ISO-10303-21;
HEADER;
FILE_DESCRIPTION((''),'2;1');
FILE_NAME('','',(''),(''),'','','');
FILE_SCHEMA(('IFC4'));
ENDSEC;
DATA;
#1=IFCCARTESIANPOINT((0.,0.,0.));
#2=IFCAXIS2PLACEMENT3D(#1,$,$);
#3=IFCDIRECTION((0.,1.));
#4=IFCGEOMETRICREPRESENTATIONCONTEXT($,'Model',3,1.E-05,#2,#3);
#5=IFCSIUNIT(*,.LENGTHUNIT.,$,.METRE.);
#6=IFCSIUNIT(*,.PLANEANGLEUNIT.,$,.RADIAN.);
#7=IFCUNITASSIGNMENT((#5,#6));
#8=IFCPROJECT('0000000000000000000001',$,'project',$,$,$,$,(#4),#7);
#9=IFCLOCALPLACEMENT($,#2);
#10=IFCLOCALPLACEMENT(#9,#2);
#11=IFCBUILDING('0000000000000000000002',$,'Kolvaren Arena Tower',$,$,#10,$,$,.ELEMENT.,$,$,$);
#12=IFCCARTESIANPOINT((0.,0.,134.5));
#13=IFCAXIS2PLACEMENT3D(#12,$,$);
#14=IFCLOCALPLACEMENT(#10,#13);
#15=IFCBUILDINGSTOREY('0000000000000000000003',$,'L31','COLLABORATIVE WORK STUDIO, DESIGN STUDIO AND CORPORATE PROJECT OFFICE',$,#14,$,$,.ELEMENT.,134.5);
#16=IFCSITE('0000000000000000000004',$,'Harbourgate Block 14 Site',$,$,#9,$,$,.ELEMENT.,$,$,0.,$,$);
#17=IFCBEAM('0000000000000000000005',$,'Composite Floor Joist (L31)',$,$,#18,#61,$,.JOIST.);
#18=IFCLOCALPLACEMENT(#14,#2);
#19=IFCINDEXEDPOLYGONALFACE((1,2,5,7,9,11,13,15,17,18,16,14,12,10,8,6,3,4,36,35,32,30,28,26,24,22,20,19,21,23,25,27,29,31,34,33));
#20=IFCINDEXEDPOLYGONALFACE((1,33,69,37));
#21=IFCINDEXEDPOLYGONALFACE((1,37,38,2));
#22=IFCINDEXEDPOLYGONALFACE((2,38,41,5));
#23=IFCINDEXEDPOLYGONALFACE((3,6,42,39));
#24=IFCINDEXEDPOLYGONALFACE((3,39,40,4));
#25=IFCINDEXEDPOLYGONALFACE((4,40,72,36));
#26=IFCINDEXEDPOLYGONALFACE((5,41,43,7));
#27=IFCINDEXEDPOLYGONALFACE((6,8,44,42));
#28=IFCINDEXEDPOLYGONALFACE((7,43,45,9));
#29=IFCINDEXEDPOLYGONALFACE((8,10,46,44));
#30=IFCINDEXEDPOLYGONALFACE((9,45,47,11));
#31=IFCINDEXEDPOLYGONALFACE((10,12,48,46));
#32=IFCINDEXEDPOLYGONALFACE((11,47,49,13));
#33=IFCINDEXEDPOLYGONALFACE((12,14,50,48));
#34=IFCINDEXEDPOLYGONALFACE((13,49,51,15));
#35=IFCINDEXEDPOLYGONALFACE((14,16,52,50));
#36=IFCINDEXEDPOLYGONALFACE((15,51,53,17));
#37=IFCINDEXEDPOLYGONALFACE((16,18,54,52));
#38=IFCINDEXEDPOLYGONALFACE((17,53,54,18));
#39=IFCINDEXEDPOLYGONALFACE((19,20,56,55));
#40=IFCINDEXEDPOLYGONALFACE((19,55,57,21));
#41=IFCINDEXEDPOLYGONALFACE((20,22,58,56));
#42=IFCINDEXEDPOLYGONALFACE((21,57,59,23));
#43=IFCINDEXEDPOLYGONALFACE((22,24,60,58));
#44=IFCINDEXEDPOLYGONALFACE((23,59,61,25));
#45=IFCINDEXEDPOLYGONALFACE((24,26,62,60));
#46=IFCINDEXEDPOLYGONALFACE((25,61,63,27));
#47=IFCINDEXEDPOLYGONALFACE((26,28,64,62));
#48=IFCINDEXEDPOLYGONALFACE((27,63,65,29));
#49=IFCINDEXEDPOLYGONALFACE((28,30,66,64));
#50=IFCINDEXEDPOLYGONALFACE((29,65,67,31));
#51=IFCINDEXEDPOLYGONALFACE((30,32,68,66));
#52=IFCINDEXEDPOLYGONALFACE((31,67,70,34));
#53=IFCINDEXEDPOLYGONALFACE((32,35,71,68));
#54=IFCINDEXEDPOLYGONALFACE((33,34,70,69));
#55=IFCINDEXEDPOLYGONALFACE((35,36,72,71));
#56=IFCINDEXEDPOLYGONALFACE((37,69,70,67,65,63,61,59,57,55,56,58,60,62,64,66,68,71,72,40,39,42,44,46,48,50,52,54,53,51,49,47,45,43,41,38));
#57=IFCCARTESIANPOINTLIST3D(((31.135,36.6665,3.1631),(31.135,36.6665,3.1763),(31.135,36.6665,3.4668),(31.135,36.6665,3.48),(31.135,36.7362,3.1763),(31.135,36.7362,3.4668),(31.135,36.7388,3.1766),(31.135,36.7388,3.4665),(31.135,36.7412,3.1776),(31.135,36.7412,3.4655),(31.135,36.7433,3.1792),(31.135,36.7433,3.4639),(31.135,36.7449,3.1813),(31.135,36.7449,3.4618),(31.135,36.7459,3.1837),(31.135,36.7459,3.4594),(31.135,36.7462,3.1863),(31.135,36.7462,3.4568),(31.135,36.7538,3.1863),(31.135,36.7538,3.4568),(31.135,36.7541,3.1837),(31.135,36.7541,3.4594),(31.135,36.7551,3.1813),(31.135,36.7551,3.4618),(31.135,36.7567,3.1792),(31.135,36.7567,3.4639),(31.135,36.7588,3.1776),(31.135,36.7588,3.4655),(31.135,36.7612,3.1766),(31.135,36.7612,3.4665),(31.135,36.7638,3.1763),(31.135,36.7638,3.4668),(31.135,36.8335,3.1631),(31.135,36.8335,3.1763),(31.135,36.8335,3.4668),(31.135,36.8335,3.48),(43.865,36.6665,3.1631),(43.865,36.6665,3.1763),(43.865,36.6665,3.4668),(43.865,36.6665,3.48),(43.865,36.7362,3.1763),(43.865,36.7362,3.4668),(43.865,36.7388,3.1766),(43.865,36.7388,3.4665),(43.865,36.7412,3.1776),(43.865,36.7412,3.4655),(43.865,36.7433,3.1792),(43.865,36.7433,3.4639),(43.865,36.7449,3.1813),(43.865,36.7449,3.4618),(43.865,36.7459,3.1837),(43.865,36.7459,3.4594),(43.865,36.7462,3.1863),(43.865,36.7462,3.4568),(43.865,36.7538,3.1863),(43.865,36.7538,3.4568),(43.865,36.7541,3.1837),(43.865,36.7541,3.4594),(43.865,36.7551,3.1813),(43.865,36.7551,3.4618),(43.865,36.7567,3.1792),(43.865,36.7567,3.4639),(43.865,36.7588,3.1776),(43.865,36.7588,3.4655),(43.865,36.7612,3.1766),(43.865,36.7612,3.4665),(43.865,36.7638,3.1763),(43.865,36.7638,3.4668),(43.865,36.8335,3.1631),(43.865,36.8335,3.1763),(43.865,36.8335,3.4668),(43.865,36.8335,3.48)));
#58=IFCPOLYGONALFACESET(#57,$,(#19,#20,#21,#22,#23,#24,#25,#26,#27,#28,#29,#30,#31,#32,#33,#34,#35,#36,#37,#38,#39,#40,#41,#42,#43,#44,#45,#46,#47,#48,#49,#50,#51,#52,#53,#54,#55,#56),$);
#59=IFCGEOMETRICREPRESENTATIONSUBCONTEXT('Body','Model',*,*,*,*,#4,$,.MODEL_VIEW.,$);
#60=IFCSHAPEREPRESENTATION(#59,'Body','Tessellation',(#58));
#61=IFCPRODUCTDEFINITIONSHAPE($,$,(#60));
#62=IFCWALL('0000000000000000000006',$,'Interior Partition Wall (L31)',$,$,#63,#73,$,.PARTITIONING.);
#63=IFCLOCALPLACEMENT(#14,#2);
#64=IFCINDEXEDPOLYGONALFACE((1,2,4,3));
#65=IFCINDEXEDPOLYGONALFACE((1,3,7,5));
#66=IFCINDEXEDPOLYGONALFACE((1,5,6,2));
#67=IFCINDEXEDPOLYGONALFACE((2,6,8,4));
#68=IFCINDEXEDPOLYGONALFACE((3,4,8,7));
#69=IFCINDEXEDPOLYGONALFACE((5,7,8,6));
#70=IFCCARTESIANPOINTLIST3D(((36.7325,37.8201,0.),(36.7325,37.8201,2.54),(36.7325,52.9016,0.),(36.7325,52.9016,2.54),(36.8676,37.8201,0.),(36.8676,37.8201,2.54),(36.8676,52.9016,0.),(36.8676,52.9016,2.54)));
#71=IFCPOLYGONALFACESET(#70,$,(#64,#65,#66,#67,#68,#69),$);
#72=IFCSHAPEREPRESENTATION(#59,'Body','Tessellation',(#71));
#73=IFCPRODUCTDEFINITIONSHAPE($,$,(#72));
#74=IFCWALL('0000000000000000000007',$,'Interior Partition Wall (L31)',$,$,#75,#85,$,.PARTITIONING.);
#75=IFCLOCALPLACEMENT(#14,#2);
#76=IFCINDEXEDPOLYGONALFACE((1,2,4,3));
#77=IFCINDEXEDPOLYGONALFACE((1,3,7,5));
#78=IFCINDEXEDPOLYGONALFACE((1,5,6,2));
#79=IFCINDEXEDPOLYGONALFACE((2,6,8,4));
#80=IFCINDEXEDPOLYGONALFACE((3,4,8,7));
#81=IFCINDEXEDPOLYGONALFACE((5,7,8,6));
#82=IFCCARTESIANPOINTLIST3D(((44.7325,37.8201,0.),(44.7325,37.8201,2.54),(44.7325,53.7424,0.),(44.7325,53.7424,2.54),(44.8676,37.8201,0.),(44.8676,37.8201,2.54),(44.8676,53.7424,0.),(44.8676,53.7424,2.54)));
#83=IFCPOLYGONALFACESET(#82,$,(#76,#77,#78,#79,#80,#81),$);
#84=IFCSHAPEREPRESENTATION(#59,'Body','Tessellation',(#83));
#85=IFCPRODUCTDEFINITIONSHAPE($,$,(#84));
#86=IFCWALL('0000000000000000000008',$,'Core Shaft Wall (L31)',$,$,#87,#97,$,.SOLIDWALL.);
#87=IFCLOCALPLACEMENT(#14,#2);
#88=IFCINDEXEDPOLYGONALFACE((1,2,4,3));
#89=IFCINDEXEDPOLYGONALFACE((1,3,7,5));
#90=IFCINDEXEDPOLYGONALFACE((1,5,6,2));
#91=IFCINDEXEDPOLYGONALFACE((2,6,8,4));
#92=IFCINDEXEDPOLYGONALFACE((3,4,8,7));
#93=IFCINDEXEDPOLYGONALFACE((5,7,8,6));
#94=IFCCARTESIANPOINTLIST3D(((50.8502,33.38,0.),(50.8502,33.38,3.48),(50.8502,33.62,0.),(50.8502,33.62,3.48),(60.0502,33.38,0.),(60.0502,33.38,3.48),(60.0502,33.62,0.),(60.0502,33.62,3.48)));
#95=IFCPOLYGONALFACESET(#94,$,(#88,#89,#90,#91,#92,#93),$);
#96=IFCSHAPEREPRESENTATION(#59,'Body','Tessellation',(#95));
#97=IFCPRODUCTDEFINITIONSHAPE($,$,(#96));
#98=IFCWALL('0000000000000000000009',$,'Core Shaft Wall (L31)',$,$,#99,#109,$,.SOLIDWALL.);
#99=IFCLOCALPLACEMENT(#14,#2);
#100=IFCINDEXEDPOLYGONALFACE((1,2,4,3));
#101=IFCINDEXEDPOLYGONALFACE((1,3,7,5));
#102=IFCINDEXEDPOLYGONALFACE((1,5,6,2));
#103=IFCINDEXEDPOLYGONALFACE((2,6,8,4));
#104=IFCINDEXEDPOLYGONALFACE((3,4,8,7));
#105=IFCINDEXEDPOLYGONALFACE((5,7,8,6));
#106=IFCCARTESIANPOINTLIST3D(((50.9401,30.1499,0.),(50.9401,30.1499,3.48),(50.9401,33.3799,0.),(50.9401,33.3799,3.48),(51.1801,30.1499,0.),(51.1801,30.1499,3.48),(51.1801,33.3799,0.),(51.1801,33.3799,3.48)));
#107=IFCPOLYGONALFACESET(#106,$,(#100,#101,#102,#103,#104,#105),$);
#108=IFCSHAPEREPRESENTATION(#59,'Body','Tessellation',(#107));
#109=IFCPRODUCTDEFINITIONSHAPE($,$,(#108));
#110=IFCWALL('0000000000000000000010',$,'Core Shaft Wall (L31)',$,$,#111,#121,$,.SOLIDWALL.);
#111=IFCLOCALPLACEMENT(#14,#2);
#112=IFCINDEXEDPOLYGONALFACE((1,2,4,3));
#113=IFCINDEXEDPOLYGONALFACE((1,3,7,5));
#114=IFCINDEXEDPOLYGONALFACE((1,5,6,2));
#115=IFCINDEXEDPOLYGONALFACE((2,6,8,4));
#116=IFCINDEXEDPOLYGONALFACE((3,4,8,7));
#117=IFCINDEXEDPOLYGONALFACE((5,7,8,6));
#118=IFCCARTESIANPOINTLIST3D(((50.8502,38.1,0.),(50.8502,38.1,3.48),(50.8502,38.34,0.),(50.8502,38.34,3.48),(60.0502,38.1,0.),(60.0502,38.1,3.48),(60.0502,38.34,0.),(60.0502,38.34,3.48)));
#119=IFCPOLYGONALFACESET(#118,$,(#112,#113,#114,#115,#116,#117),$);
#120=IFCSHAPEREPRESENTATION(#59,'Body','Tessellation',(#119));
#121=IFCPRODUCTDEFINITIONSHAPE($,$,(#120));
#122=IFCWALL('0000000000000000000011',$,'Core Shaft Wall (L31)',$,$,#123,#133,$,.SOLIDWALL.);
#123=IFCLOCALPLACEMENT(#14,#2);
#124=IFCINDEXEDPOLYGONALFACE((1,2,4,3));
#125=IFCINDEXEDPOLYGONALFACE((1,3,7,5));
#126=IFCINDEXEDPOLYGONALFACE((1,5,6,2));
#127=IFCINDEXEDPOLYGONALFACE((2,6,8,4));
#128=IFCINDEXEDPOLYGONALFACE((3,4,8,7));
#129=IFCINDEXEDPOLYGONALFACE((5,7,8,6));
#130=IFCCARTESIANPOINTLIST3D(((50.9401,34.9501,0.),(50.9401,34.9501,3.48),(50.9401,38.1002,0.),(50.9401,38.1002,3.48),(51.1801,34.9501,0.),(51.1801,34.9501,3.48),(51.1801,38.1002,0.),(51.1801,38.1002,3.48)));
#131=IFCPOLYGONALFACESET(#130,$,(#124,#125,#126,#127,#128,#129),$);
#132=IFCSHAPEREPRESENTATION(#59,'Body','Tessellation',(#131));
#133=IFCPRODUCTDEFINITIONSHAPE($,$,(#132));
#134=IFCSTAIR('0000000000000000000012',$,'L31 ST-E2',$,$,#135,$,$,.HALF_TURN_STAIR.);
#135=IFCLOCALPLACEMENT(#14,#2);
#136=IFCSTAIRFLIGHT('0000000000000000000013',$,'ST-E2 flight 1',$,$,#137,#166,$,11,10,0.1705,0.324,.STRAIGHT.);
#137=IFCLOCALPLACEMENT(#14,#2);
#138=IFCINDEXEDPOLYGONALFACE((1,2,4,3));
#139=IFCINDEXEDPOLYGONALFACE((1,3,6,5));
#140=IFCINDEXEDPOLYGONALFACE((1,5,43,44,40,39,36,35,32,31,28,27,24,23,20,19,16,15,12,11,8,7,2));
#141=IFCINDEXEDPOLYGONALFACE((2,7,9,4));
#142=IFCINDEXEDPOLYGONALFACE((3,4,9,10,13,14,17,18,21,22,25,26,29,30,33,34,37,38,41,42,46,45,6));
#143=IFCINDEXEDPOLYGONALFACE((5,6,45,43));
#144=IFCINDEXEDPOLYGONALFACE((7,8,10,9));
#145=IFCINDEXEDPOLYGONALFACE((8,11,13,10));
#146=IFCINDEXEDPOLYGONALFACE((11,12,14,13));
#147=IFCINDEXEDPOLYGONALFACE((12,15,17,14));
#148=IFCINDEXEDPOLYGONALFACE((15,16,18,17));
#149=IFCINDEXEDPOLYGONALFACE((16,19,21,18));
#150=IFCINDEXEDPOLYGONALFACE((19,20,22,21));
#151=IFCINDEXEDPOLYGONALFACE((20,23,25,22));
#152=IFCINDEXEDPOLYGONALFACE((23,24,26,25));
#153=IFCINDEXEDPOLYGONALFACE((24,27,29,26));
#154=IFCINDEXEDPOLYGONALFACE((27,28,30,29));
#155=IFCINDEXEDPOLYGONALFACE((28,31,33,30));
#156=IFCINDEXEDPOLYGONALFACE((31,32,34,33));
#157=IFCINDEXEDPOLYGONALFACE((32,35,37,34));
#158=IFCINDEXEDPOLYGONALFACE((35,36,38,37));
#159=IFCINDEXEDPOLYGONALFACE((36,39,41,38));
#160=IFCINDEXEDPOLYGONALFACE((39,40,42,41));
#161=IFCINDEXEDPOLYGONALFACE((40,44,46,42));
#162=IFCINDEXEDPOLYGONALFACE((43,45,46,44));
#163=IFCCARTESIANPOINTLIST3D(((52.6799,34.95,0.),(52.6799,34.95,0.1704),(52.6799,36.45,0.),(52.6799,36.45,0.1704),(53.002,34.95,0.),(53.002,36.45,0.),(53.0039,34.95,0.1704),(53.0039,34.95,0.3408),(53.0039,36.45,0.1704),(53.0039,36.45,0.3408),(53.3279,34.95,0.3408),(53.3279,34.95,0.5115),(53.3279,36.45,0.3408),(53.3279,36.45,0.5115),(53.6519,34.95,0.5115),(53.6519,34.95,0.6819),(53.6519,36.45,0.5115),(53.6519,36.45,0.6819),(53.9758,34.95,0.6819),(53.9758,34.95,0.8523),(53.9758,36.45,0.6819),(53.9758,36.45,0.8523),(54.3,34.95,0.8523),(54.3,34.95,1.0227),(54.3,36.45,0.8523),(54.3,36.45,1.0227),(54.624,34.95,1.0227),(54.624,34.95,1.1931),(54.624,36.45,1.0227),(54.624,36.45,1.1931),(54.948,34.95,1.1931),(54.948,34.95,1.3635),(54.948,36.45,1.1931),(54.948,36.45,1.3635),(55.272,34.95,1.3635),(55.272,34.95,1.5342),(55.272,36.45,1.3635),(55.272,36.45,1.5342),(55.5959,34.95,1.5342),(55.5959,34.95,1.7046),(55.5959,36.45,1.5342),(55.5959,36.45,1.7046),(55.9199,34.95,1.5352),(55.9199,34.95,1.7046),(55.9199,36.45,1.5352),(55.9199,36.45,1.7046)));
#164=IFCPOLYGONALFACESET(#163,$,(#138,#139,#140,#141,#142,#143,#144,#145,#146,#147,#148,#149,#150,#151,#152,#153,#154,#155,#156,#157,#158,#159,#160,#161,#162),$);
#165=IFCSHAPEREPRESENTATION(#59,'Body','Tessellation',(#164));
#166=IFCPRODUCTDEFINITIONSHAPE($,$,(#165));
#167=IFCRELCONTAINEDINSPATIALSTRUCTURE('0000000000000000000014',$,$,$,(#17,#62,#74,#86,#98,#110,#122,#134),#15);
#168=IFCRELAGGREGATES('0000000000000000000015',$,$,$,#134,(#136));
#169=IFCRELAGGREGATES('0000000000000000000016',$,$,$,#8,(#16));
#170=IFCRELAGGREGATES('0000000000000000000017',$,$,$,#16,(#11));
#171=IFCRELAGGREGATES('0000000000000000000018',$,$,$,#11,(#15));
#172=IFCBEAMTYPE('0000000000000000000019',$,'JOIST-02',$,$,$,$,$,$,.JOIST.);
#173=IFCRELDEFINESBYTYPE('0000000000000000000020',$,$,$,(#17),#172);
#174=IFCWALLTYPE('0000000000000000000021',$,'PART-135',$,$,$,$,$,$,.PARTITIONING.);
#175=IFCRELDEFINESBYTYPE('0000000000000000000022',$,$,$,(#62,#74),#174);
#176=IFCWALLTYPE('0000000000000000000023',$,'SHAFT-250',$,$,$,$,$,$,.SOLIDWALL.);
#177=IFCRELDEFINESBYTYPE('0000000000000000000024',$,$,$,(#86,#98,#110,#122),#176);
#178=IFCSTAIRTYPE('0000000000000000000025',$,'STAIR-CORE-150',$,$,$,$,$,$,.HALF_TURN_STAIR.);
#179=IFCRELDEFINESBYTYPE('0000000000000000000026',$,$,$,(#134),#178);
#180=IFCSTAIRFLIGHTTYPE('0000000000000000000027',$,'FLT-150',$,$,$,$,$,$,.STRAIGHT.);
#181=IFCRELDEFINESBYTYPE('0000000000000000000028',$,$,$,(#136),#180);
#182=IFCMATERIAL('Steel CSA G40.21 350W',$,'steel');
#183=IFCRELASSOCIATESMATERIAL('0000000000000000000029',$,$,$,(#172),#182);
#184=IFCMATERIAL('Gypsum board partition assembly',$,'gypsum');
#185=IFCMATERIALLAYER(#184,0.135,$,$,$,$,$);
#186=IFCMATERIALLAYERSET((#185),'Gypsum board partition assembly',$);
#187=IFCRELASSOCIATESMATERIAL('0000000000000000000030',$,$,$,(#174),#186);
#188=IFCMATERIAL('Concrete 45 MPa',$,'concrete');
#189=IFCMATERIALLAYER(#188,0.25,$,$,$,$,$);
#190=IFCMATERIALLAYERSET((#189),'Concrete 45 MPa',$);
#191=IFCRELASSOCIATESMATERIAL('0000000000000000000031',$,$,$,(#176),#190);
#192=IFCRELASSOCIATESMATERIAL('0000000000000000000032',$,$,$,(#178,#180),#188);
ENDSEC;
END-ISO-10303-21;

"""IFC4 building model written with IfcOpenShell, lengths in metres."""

from ifc_helpers import new_model, si_unit, direction, frame, frame_2d, origin, origin_2d, place, context, subcontext, project, spatial, polyline, rectangle, i_section, outline, extrude, material, layer, layer_set, material_profile, profile_set, type_object, element, aggregate, save


model = new_model("IFC4")

# Units and contexts
model_context = context("Model", 3, precision=1e-05, world=origin(), true_north=direction((0.0, 1.0)))
body_context = subcontext(model_context, "Body", "Model", "MODEL_VIEW")
ifc_project = project(units=[si_unit("LENGTHUNIT", "METRE"), si_unit("PLANEANGLEUNIT", "RADIAN")], contexts=[model_context])

# Site, building, storey
site_placement = place(None, origin())
site = spatial("IfcSite", under=ifc_project, at=site_placement, Name="Harbourgate Block 14 Site", CompositionType="ELEMENT", RefElevation=0.0)
building_placement = place(site_placement, origin())
building = spatial("IfcBuilding", under=site, at=building_placement, Name="Kolvaren Arena Tower", CompositionType="ELEMENT")
storey_placement = place(building_placement, frame((0.0, 0.0, 134.5)))
storey = spatial("IfcBuildingStorey", under=building, at=storey_placement, Name="L31", Description="COLLABORATIVE WORK STUDIO, DESIGN STUDIO AND CORPORATE PROJECT OFFICE", CompositionType="ELEMENT", Elevation=134.5)

# Beam
ifc_material_1 = material(Name="Steel CSA G40.21 350W", Category="steel")
ifc_material_profile_1 = material_profile(ifc_material_1, i_section(OverallWidth=0.167, OverallDepth=0.3169, WebThickness=0.0076, FlangeThickness=0.0132, FilletRadius=0.01, at=origin_2d()), Name="W310x52")
ifc_profile_set_1 = profile_set([ifc_material_profile_1], Name="Steel CSA G40.21 350W")
beam_type_1 = type_object("IfcBeamType", Name="JOIST-02", PredefinedType="JOIST", material=ifc_profile_set_1)
beam_1_placement = place(storey_placement, frame((31.135, 36.75, 3.3215), z_axis=(1.0, 0.0, 0.0), x_axis=(0.0, 1.0, 0.0)))
element("IfcBeam", 1, at=beam_1_placement, inside=storey, type_object=beam_type_1, Name="Composite Floor Joist (L31)", PredefinedType="JOIST", context=body_context, shape_type="SweptSolid", body=[
    extrude(i_section(OverallWidth=0.167, OverallDepth=0.3169, WebThickness=0.0076, FlangeThickness=0.0132, FilletRadius=0.01, at=origin_2d()), origin(), (0.0, 0.0, 1.0), 12.73),
])

# Walls
ifc_material_2 = material(Name="Gypsum board partition assembly", Category="gypsum")
ifc_layer_1 = layer(ifc_material_2, 0.135)
ifc_layer_set_1 = layer_set([ifc_layer_1], Name="Gypsum board partition assembly")
wall_type_1 = type_object("IfcWallType", Name="PART-135", PredefinedType="PARTITIONING", material=ifc_layer_set_1)
wall_1_placement = place(storey_placement, frame((36.8, 37.8201, 0.0), z_axis=(0.0, 0.0, 1.0), x_axis=(0.0, 1.0, 0.0)))
element("IfcWall", 2, at=wall_1_placement, inside=storey, type_object=wall_type_1, Name="Interior Partition Wall (L31)", PredefinedType="PARTITIONING", context=body_context, shape_type="SweptSolid", body=[
    extrude(rectangle(XDim=15.0815, YDim=0.135, at=frame_2d((7.5408, 0.0))), origin(), (0.0, 0.0, 1.0), 2.54),
])
wall_2_placement = place(storey_placement, frame((44.8, 37.8201, 0.0), z_axis=(0.0, 0.0, 1.0), x_axis=(0.0, 1.0, 0.0)))
element("IfcWall", 3, at=wall_2_placement, inside=storey, type_object=wall_type_1, Name="Interior Partition Wall (L31)", PredefinedType="PARTITIONING", context=body_context, shape_type="SweptSolid", body=[
    extrude(rectangle(XDim=15.9224, YDim=0.135, at=frame_2d((7.9612, 0.0))), origin(), (0.0, 0.0, 1.0), 2.54),
])
ifc_material_3 = material(Name="Concrete 45 MPa", Category="concrete")
ifc_layer_2 = layer(ifc_material_3, 0.25)
ifc_layer_set_2 = layer_set([ifc_layer_2], Name="Concrete 45 MPa")
wall_type_2 = type_object("IfcWallType", Name="SHAFT-250", PredefinedType="SOLIDWALL", material=ifc_layer_set_2)
wall_3_placement = place(storey_placement, frame((50.8501, 33.5, 0.0), z_axis=(0.0, 0.0, 1.0), x_axis=(1.0, 0.0, 0.0)))
element("IfcWall", 4, at=wall_3_placement, inside=storey, type_object=wall_type_2, Name="Core Shaft Wall (L31)", PredefinedType="SOLIDWALL", context=body_context, shape_type="SweptSolid", body=[
    extrude(rectangle(XDim=9.2, YDim=0.24, at=frame_2d((4.6001, 0.0))), origin(), (0.0, 0.0, 1.0), 3.48),
])
wall_4_placement = place(storey_placement, frame((51.0601, 30.1499, 0.0), z_axis=(0.0, 0.0, 1.0), x_axis=(0.0, 1.0, 0.0)))
element("IfcWall", 5, at=wall_4_placement, inside=storey, type_object=wall_type_2, Name="Core Shaft Wall (L31)", PredefinedType="SOLIDWALL", context=body_context, shape_type="SweptSolid", body=[
    extrude(rectangle(XDim=3.23, YDim=0.24, at=frame_2d((1.615, 0.0))), origin(), (0.0, 0.0, 1.0), 3.48),
])
wall_5_placement = place(storey_placement, frame((50.8501, 38.22, 0.0), z_axis=(0.0, 0.0, 1.0), x_axis=(1.0, 0.0, 0.0)))
element("IfcWall", 6, at=wall_5_placement, inside=storey, type_object=wall_type_2, Name="Core Shaft Wall (L31)", PredefinedType="SOLIDWALL", context=body_context, shape_type="SweptSolid", body=[
    extrude(rectangle(XDim=9.2, YDim=0.24, at=frame_2d((4.6001, 0.0))), origin(), (0.0, 0.0, 1.0), 3.48),
])
wall_6_placement = place(storey_placement, frame((51.0601, 34.95, 0.0), z_axis=(0.0, 0.0, 1.0), x_axis=(0.0, 1.0, 0.0)))
element("IfcWall", 7, at=wall_6_placement, inside=storey, type_object=wall_type_2, Name="Core Shaft Wall (L31)", PredefinedType="SOLIDWALL", context=body_context, shape_type="SweptSolid", body=[
    extrude(rectangle(XDim=3.1501, YDim=0.24, at=frame_2d((1.5752, 0.0))), origin(), (0.0, 0.0, 1.0), 3.48),
])

# Stair, stair flight
stair_type = type_object("IfcStairType", Name="STAIR-CORE-150", PredefinedType="HALF_TURN_STAIR", material=ifc_material_3)
stair_placement = place(storey_placement, origin())
stair = element("IfcStair", 8, at=stair_placement, inside=storey, type_object=stair_type, Name="L31 ST-E2", PredefinedType="HALF_TURN_STAIR")
stair_flight_type = type_object("IfcStairFlightType", Name="FLT-150", PredefinedType="STRAIGHT", material=ifc_material_3)
stair_flight_placement = place(storey_placement, frame((52.6799, 35.7, 0.0), z_axis=(0.0, 0.0, 1.0), x_axis=(1.0, 0.0, 0.0)))
stair_flight = element("IfcStairFlight", 9, at=stair_flight_placement, type_object=stair_flight_type, Name="ST-E2 flight 1", NumberOfRisers=11, NumberOfTreads=10, PredefinedType="STRAIGHT", RiserHeight=0.1705, TreadLength=0.324, context=body_context, shape_type="SweptSolid", body=[
    extrude(outline(polyline([(0.0, 0.0), (0.0, 0.1704), (0.324, 0.1704), (0.324, 0.3408), (0.6479, 0.3408), (0.6479, 0.5115), (0.9719, 0.5115), (0.9719, 0.6819), (1.2959, 0.6819), (1.2959, 0.8523), (1.6201, 0.8523), (1.6201, 1.0227), (1.9441, 1.0227), (1.9441, 1.1931), (2.2681, 1.1931), (2.2681, 1.3635), (2.592, 1.3635), (2.592, 1.5342), (2.916, 1.5342), (2.916, 1.7046), (3.24, 1.7046), (3.24, 1.875), (3.24, 1.5352), (0.322, 0.0), (0.0, 0.0)])), frame((0.0, 0.75, 0.0), z_axis=(0.0, -1.0, 0.0), x_axis=(1.0, 0.0, 0.0)), (0.0, 0.0, 1.0), 1.5),
])
aggregate(stair, [stair_flight])

save(model, "model.ifc")
